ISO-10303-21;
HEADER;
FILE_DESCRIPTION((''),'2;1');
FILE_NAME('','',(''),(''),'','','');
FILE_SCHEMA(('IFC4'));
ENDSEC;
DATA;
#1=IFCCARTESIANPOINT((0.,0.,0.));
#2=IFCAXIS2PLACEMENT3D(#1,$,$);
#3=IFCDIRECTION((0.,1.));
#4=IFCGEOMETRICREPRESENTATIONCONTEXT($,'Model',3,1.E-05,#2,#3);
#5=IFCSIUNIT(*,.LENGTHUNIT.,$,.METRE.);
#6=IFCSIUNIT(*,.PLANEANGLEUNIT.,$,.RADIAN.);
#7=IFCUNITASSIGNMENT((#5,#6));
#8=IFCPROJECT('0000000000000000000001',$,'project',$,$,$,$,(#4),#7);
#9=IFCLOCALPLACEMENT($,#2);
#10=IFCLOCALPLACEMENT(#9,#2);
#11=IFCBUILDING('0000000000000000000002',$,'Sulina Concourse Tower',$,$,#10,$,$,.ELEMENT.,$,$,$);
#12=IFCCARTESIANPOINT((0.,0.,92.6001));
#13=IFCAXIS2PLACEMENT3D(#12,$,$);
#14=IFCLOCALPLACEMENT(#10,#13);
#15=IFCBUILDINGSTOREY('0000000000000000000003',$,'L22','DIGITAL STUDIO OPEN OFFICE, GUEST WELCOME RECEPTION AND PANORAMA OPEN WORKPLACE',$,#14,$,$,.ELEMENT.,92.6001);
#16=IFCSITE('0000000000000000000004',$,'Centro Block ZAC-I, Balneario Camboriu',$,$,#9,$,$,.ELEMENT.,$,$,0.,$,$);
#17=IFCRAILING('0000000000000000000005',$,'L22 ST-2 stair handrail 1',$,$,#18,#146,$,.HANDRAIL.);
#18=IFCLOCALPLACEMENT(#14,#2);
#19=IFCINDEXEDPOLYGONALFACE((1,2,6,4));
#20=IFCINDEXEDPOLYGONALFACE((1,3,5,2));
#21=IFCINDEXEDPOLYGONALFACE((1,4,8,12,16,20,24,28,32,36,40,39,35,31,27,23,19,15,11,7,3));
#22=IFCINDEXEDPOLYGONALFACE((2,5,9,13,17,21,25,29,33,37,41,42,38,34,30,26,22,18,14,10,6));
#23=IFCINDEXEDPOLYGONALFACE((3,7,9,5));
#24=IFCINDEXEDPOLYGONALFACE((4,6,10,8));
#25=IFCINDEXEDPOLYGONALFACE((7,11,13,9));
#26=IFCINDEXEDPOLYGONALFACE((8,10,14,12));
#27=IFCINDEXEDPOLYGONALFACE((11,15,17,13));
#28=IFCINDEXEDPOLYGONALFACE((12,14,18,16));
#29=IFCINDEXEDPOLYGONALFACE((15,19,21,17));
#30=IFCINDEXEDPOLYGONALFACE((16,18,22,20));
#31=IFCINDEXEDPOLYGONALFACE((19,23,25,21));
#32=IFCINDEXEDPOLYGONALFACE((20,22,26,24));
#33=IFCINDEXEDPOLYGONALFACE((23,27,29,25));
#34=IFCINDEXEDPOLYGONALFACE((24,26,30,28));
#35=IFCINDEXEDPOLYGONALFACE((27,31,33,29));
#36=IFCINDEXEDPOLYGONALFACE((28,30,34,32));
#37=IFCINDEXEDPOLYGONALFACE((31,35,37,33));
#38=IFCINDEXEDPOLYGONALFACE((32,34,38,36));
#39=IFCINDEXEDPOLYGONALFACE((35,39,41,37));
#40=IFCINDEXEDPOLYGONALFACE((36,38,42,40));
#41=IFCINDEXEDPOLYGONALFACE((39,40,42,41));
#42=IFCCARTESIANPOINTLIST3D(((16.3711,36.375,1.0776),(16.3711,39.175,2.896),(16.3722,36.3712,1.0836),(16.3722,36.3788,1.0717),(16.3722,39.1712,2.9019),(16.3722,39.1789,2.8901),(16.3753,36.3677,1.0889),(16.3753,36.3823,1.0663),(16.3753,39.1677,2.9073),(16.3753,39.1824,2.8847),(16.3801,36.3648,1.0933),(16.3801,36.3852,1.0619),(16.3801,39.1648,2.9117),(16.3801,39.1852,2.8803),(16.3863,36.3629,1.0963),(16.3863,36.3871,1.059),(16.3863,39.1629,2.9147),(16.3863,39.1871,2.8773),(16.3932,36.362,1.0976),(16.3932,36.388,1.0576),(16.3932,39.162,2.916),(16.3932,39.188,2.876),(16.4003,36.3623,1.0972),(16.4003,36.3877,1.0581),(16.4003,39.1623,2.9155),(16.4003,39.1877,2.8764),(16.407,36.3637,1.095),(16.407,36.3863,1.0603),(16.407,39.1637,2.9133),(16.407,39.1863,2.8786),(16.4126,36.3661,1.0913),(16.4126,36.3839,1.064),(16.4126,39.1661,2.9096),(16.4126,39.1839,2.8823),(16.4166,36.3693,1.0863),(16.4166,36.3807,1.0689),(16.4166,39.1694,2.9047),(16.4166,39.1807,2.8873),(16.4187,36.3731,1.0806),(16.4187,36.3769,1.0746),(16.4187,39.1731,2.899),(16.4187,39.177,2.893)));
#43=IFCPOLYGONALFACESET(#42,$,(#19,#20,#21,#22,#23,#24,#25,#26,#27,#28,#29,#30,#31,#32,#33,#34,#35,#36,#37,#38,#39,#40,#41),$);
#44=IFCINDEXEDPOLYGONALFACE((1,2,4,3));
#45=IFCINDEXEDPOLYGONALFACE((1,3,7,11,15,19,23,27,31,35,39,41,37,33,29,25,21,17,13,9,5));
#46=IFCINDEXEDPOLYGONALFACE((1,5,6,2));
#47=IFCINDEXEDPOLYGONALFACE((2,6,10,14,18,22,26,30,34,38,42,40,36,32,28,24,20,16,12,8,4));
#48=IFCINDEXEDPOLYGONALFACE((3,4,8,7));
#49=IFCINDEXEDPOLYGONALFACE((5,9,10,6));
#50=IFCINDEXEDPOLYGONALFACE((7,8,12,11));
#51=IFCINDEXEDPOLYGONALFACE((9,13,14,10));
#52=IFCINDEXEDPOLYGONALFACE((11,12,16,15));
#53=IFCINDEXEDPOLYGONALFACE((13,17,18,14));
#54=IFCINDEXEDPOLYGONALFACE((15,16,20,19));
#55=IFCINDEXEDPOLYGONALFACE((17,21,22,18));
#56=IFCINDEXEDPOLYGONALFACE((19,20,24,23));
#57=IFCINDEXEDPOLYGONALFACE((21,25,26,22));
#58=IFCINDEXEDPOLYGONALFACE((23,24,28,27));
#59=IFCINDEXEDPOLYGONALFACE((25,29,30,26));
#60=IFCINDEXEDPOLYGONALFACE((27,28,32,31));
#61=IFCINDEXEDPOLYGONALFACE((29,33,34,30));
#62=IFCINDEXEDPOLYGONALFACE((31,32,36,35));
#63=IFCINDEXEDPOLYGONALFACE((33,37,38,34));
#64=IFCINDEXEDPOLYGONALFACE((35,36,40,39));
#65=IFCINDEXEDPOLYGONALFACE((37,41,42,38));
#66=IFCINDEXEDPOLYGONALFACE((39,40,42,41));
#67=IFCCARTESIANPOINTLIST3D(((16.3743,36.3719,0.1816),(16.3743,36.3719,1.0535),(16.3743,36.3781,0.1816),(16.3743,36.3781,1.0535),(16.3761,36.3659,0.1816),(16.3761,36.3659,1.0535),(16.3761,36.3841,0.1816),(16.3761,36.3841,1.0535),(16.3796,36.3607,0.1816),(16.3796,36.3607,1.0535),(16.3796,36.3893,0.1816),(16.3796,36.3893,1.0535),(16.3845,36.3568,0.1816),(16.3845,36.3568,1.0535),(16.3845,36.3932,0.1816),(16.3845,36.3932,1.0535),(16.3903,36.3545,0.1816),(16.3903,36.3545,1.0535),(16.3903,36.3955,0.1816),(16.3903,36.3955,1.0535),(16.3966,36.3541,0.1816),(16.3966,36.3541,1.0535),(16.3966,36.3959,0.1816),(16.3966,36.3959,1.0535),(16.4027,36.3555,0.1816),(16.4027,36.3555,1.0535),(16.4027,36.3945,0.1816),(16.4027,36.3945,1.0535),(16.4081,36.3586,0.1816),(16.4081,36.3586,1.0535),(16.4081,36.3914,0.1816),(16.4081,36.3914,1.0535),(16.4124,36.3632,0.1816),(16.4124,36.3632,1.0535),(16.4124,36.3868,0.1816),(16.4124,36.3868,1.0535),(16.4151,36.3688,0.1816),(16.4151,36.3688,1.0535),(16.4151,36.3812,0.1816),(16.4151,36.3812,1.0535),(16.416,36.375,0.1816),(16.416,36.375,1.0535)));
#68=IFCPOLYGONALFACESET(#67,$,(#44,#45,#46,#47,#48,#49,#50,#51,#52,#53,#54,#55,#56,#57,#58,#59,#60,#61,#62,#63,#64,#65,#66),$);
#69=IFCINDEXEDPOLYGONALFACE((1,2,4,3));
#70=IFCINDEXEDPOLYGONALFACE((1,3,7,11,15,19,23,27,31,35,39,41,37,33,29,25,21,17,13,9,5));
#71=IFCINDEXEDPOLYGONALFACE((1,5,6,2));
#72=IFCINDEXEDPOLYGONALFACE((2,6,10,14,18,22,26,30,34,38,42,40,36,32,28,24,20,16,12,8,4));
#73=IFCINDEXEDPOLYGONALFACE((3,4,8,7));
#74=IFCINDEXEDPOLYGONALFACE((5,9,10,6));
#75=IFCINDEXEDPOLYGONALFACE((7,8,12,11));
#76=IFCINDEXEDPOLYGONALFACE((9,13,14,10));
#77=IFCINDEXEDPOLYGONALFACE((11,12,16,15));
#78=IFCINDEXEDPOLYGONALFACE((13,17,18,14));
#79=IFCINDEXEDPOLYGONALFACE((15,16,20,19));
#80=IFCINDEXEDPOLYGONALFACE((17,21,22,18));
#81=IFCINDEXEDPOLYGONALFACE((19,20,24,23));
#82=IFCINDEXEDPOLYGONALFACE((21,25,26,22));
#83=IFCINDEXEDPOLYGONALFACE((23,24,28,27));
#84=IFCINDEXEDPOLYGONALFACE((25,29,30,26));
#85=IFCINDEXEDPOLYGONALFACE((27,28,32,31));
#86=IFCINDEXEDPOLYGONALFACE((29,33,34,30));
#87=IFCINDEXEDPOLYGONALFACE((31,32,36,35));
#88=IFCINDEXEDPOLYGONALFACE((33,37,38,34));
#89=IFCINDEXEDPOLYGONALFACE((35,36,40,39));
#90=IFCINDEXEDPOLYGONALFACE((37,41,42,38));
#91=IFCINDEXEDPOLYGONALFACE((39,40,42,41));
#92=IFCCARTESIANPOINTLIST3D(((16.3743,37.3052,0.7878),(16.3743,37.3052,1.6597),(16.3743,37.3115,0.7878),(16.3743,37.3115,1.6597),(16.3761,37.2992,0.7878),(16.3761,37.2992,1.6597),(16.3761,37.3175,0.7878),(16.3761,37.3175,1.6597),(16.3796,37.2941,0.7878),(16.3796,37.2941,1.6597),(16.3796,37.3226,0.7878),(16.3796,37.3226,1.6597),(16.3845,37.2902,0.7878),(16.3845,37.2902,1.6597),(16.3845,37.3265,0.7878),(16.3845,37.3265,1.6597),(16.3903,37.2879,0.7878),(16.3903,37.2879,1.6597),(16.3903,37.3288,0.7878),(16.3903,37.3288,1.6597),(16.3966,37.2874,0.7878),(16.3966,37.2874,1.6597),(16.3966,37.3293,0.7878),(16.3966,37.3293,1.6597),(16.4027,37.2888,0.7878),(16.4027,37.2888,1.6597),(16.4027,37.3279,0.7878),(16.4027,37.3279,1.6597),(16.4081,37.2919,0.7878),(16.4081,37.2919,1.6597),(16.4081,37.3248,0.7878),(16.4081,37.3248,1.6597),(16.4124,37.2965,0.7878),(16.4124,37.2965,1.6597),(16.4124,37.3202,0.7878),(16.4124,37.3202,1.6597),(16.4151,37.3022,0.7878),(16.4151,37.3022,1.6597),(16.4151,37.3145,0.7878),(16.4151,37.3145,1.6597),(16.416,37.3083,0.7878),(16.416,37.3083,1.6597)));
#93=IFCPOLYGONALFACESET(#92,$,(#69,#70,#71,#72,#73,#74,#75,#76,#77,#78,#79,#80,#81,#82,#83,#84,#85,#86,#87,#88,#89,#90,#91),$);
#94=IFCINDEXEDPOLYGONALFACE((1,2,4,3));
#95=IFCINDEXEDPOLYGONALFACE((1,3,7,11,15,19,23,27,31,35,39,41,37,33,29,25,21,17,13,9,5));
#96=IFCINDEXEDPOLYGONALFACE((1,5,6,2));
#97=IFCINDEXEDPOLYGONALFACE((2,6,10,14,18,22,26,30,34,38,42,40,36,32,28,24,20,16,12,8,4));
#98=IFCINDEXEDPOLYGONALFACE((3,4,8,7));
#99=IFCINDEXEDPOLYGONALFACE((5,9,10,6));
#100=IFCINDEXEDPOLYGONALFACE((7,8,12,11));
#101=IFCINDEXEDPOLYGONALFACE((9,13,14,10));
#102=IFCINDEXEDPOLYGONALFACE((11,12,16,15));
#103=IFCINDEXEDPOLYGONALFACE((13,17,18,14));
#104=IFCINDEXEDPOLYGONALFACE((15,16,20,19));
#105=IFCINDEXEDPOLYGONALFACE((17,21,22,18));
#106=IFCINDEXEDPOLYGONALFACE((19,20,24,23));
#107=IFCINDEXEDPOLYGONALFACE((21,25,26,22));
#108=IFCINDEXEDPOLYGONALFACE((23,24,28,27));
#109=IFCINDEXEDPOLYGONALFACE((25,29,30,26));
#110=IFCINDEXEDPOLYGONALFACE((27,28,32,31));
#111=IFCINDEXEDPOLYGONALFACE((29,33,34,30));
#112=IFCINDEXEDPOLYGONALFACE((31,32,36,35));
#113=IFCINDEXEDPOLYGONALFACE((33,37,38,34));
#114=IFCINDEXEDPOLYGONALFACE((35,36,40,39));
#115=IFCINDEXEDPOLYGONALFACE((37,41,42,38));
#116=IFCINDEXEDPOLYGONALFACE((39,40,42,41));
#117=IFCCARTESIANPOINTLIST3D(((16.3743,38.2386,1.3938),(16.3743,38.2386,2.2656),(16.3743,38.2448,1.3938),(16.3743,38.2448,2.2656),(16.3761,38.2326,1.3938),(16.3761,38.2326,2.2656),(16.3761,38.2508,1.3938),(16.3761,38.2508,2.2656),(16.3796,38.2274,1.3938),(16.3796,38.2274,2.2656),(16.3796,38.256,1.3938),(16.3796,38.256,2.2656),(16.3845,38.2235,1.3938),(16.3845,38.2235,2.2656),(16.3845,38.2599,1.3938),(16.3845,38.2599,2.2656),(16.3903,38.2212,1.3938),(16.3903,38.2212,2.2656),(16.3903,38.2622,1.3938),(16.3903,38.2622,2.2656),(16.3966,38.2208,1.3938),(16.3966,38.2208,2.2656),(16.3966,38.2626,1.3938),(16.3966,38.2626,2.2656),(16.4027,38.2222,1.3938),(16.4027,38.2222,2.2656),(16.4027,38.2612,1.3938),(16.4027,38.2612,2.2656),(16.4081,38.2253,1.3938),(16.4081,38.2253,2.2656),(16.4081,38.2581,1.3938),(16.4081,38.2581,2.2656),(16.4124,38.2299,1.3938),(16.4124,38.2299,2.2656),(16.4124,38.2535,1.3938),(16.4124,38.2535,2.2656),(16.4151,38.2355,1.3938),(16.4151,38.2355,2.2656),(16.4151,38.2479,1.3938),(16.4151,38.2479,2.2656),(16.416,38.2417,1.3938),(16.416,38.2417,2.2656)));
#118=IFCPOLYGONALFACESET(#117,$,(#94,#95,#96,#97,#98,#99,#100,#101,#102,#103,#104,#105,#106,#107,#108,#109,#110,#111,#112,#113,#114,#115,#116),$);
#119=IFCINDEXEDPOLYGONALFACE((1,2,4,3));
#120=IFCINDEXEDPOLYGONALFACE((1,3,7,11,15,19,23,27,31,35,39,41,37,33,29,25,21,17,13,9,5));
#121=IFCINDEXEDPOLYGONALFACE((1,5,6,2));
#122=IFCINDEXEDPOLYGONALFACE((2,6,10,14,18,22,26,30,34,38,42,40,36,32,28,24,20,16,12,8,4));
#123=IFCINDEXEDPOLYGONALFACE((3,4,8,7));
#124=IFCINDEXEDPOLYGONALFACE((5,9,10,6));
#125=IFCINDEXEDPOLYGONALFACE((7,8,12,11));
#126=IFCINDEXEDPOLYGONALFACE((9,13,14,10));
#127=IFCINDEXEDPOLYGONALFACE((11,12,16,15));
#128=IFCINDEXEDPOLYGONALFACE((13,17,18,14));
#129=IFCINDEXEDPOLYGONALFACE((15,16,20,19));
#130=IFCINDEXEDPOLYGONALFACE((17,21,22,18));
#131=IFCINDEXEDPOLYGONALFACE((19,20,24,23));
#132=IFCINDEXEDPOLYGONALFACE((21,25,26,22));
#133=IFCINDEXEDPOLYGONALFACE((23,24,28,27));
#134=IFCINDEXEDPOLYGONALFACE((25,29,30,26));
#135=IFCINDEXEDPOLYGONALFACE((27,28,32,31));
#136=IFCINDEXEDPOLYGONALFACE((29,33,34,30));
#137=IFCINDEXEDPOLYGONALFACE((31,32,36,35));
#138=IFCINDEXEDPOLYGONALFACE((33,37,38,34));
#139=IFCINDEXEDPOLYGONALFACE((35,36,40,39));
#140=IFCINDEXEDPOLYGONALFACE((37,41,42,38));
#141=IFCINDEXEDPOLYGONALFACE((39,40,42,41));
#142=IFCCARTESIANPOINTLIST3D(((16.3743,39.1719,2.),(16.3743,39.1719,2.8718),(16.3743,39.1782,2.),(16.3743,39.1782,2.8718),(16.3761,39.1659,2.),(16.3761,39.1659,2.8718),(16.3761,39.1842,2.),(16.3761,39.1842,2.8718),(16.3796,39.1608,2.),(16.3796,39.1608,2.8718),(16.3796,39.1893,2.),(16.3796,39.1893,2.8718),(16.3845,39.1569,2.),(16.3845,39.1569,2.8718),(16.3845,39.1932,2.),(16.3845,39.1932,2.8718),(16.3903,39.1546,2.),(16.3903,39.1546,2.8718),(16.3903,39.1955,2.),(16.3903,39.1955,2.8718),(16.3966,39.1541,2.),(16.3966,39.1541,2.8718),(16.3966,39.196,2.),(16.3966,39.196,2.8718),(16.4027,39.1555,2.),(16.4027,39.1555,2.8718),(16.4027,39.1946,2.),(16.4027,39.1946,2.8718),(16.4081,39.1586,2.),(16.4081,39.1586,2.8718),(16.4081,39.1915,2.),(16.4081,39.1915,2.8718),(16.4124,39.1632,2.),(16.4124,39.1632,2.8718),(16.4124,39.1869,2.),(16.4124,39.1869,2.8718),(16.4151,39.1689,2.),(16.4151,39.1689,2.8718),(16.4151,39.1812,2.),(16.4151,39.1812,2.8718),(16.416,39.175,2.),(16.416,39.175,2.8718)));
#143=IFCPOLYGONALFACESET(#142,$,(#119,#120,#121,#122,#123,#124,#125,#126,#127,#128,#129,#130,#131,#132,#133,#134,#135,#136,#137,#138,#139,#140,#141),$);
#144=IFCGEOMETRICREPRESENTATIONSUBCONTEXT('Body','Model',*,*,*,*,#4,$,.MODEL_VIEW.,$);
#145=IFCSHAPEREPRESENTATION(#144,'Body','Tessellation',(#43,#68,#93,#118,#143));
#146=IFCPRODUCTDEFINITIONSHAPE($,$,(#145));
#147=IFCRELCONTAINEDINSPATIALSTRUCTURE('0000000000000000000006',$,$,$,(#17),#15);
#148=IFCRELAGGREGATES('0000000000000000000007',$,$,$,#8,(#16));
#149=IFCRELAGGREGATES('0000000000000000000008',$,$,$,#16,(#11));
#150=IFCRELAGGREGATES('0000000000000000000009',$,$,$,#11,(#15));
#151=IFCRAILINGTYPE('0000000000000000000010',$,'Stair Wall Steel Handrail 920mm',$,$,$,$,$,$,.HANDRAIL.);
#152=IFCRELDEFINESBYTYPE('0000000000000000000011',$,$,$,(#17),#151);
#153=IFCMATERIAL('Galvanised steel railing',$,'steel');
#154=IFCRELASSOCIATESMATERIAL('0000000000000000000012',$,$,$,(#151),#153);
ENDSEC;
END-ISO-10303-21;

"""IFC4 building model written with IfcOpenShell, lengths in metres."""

from ifc_helpers import new_model, si_unit, direction, frame, origin, origin_2d, place, context, subcontext, project, spatial, circle, extrude, material, type_object, element, save


model = new_model("IFC4")

# Units and contexts
model_context = context("Model", 3, precision=1e-05, world=origin(), true_north=direction((0.0, 1.0)))
body_context = subcontext(model_context, "Body", "Model", "MODEL_VIEW")
ifc_project = project(units=[si_unit("LENGTHUNIT", "METRE"), si_unit("PLANEANGLEUNIT", "RADIAN")], contexts=[model_context])

# Site, building, storey
site_placement = place(None, origin())
site = spatial("IfcSite", under=ifc_project, at=site_placement, Name="Centro Block ZAC-I, Balneario Camboriu", CompositionType="ELEMENT", RefElevation=0.0)
building_placement = place(site_placement, origin())
building = spatial("IfcBuilding", under=site, at=building_placement, Name="Sulina Concourse Tower", CompositionType="ELEMENT")
storey_placement = place(building_placement, frame((0.0, 0.0, 92.6001)))
storey = spatial("IfcBuildingStorey", under=building, at=storey_placement, Name="L22", Description="DIGITAL STUDIO OPEN OFFICE, GUEST WELCOME RECEPTION AND PANORAMA OPEN WORKPLACE", CompositionType="ELEMENT", Elevation=92.6001)

# Railing
ifc_material_1 = material(Name="Galvanised steel railing", Category="steel")
railing_type_1 = type_object("IfcRailingType", Name="Stair Wall Steel Handrail 920mm", PredefinedType="HANDRAIL", material=ifc_material_1)
railing_1_placement = place(storey_placement, frame((16.395, 36.375, 0.1816)))
element("IfcRailing", 1, at=railing_1_placement, inside=storey, type_object=railing_type_1, Name="L22 ST-2 stair handrail 1", PredefinedType="HANDRAIL", context=body_context, shape_type="SweptSolid", body=[
    extrude(circle(Radius=0.0239, at=origin_2d()), frame((0.0, 0.0, 0.896), z_axis=(0.0, 0.838672, 0.544636), x_axis=(-1.0, 0.0, 0.0)), (0.0, 0.0, 1.0), 3.3386),
    extrude(circle(Radius=0.021, at=origin_2d()), origin(), (0.0, 0.0, 1.0), 0.8718),
    extrude(circle(Radius=0.021, at=origin_2d()), frame((0.0, 0.9333, 0.6062)), (0.0, 0.0, 1.0), 0.8718),
    extrude(circle(Radius=0.021, at=origin_2d()), frame((0.0, 1.8667, 1.2122)), (0.0, 0.0, 1.0), 0.8718),
    extrude(circle(Radius=0.021, at=origin_2d()), frame((0.0, 2.8, 1.8184)), (0.0, 0.0, 1.0), 0.8718),
])

save(model, "model.ifc")
